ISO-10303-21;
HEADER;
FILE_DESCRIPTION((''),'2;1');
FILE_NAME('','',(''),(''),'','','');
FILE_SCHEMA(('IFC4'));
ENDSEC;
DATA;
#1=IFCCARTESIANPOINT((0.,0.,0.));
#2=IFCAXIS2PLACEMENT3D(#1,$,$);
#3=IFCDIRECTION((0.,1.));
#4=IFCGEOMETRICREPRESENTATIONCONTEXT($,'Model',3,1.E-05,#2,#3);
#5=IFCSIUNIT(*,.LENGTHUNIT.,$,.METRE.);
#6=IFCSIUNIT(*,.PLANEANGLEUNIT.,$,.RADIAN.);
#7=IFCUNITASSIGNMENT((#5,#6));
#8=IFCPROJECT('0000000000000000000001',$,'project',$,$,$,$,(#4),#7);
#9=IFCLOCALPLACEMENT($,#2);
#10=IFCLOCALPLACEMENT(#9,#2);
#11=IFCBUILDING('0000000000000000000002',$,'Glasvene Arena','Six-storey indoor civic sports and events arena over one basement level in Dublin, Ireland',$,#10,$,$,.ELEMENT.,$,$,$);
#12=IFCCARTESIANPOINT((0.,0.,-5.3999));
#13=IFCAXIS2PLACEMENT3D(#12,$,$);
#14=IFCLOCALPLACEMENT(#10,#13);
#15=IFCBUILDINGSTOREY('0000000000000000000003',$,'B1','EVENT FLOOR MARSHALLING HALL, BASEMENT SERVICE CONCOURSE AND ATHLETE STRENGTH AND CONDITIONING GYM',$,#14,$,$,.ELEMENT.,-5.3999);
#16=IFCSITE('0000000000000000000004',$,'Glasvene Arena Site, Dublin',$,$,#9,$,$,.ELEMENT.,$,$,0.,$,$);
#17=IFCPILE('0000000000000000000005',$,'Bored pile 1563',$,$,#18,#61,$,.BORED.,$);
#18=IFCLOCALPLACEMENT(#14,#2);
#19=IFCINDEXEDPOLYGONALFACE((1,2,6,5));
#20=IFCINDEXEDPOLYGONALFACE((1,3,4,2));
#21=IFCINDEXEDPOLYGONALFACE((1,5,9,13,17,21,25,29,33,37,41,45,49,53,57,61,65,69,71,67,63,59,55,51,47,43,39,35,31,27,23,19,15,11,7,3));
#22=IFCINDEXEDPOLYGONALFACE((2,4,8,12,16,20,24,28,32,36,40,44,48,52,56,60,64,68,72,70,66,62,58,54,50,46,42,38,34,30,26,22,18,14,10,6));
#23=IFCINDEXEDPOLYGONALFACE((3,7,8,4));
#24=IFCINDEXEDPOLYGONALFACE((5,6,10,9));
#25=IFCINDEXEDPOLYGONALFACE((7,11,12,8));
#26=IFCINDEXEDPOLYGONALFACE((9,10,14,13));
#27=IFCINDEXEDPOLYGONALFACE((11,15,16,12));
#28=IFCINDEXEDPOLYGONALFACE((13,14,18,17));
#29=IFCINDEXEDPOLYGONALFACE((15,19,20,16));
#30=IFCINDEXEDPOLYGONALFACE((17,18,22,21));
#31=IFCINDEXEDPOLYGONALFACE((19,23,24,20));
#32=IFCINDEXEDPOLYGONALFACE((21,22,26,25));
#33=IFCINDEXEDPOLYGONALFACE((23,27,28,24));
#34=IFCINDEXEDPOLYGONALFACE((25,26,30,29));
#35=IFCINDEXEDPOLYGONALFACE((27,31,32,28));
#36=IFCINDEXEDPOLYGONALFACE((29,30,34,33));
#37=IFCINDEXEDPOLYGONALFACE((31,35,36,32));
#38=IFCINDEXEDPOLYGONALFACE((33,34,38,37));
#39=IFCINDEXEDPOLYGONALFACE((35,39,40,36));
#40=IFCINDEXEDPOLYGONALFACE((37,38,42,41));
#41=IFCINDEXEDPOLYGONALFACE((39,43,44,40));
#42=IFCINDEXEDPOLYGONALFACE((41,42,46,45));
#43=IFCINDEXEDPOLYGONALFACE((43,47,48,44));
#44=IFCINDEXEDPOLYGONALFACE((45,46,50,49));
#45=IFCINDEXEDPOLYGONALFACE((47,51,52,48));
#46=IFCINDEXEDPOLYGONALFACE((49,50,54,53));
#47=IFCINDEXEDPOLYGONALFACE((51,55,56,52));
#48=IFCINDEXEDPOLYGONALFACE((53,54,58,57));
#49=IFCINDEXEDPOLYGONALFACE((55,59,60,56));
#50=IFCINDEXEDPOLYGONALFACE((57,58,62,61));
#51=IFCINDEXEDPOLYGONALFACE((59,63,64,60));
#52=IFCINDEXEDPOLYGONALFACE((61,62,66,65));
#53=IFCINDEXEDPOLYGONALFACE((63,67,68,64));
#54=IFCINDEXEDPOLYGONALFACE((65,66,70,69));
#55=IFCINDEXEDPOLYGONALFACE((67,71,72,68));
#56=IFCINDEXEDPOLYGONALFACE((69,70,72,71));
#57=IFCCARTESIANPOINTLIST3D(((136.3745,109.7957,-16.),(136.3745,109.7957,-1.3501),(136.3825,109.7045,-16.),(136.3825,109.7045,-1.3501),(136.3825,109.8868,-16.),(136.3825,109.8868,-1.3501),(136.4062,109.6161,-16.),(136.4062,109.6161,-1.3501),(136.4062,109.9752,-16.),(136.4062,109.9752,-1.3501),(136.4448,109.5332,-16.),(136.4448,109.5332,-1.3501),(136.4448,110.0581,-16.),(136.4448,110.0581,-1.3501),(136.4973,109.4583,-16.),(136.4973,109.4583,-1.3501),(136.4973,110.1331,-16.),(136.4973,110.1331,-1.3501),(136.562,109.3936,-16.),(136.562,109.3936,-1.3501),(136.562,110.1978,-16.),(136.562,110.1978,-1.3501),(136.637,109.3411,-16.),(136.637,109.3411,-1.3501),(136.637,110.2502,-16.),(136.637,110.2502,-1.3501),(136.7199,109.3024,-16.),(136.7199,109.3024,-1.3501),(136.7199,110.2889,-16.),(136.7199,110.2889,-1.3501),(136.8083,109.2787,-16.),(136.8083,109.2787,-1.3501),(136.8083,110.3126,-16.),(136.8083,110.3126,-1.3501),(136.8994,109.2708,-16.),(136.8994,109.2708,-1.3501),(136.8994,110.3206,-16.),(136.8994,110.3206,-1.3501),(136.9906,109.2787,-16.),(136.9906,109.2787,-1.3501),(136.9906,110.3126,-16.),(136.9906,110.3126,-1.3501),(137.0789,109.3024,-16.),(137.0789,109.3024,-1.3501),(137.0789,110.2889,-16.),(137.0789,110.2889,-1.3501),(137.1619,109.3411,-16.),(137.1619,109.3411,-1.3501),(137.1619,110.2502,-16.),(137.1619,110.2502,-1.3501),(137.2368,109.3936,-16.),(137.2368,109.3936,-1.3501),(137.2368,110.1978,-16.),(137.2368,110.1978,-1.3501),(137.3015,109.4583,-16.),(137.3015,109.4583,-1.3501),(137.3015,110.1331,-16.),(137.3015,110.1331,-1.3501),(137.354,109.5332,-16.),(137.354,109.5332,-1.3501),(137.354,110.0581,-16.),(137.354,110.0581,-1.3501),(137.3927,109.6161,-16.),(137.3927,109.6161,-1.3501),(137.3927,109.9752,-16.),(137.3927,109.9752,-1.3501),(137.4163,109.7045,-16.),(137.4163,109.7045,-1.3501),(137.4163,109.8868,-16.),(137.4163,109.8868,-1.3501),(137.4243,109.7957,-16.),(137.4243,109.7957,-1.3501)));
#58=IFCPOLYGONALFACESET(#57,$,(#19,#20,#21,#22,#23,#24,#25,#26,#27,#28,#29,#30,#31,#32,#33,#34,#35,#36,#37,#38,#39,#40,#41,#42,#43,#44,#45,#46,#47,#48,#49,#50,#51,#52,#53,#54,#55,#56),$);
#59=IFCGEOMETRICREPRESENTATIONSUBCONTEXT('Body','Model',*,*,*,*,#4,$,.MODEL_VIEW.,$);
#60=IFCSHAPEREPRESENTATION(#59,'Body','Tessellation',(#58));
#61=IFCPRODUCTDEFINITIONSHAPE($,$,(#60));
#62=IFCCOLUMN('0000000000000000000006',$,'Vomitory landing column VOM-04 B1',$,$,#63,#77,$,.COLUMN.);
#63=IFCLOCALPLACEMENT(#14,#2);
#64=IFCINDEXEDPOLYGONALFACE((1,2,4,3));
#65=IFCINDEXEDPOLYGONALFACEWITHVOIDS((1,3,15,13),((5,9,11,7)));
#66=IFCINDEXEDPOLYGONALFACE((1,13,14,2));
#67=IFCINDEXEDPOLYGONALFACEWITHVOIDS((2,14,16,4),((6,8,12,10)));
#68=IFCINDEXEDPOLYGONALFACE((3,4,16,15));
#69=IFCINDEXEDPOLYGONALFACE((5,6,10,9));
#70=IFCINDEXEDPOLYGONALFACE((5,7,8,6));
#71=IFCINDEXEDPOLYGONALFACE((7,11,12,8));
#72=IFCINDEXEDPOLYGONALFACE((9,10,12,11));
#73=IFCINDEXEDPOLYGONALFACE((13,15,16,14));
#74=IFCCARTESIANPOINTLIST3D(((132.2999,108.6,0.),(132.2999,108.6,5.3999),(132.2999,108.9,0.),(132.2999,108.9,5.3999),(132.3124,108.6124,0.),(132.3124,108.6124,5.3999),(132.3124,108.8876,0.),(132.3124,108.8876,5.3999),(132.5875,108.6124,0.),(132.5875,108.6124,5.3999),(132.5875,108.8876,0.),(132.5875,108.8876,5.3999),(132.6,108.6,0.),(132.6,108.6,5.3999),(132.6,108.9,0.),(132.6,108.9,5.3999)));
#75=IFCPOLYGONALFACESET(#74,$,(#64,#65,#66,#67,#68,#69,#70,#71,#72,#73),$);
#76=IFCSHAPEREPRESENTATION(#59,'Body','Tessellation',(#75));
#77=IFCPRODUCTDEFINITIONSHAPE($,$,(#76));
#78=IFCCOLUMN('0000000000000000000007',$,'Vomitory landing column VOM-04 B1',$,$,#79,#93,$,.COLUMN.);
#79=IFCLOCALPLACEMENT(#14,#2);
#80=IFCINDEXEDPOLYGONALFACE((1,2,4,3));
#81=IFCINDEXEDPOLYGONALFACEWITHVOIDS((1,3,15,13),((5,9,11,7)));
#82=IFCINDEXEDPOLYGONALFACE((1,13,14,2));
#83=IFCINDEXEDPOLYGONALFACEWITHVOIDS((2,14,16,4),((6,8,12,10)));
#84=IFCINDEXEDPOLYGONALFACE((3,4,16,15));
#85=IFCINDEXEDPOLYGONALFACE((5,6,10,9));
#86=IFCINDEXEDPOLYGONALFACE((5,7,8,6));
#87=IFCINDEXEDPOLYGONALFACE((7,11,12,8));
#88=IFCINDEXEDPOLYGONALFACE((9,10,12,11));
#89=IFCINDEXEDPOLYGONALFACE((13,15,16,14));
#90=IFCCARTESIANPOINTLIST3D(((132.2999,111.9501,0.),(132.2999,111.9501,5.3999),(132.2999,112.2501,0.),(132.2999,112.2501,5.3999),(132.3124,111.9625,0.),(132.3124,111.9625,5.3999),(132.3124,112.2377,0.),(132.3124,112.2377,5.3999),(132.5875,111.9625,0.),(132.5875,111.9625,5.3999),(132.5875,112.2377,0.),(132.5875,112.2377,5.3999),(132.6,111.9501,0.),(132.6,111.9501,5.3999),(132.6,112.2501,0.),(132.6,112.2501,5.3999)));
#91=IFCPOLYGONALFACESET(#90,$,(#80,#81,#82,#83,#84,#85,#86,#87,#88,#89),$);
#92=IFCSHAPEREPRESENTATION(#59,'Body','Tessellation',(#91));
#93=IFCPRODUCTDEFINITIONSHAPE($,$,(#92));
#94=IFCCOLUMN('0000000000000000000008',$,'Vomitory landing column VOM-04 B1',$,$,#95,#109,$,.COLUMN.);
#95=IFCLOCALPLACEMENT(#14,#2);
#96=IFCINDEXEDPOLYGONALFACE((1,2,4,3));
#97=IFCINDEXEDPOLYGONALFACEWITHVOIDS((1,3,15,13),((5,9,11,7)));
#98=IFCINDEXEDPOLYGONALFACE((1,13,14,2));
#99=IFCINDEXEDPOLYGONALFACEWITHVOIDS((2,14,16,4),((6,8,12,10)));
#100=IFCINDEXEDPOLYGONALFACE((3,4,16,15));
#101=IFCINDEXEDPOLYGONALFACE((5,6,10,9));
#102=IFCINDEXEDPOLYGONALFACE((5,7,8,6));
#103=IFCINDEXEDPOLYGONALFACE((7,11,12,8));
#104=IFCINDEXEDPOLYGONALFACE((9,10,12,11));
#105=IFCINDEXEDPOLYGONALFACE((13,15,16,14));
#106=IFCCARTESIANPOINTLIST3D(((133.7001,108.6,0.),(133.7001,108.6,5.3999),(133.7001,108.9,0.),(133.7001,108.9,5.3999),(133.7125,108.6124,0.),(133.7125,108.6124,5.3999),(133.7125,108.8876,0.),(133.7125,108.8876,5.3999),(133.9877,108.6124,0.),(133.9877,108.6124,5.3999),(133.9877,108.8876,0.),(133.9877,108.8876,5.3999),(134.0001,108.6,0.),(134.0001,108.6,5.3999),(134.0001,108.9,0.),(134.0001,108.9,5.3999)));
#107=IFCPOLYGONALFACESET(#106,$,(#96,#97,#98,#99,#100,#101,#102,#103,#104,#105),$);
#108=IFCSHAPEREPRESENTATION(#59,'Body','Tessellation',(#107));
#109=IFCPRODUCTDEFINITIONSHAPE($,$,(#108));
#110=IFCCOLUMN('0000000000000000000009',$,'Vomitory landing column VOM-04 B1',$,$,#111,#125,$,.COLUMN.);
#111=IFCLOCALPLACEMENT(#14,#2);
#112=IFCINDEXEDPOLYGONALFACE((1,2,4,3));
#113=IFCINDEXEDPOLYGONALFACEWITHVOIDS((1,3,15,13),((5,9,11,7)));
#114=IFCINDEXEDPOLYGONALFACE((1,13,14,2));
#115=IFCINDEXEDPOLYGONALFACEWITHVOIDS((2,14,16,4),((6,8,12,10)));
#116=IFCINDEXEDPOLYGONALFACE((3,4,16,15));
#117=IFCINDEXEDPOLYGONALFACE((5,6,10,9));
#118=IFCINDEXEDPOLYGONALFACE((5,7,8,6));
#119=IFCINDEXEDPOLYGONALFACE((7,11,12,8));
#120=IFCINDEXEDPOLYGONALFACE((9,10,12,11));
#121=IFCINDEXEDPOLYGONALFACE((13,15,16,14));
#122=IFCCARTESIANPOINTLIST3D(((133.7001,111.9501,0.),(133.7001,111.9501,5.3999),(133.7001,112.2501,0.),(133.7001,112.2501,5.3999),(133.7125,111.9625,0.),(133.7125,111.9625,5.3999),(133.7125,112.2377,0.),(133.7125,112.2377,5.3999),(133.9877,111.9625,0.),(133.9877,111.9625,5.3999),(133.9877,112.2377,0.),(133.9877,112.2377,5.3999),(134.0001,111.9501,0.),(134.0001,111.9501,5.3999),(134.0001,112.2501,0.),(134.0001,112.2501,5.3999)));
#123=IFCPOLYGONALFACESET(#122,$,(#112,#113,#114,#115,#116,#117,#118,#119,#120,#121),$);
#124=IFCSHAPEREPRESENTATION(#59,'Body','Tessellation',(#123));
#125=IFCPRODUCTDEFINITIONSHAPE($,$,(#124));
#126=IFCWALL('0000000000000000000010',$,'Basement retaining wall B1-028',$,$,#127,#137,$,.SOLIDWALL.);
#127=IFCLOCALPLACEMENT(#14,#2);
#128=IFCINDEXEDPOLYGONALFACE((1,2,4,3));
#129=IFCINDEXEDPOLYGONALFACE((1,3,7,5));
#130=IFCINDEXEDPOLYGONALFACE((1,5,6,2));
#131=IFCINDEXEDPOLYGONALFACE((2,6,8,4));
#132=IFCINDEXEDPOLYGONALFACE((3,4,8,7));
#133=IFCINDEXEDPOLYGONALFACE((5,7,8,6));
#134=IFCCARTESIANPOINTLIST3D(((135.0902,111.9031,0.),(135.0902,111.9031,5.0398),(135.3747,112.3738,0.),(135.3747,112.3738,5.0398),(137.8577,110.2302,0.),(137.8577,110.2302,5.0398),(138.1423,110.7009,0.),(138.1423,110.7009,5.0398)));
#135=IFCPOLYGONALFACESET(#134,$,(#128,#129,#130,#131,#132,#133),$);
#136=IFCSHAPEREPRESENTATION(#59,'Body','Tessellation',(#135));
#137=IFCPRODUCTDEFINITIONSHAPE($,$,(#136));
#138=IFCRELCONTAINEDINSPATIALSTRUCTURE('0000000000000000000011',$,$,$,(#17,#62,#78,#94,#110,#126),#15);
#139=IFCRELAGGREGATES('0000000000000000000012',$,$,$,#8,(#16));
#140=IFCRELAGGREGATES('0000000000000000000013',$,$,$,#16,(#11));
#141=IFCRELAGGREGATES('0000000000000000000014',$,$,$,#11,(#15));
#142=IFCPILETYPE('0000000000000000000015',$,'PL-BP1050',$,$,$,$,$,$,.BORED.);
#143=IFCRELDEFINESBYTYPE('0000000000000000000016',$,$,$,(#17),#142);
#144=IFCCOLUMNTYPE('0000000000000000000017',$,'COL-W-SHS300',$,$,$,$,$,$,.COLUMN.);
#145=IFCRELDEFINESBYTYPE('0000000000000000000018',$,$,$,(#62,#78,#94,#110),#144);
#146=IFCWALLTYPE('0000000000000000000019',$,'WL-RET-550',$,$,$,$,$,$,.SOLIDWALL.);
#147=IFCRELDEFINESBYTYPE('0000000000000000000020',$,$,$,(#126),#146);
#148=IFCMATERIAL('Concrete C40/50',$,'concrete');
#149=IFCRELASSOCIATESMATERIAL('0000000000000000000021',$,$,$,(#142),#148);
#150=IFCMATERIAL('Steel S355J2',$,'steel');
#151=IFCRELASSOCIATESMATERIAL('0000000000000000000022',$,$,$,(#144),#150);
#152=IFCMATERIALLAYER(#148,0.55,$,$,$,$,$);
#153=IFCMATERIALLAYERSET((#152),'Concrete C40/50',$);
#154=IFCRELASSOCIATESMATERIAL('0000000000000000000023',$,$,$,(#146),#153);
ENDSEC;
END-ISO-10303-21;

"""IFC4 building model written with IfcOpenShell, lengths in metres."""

from ifc_helpers import new_model, si_unit, direction, frame, frame_2d, origin, origin_2d, place, context, subcontext, project, spatial, rectangle, hollow_rectangle, circle, extrude, material, layer, layer_set, material_profile, profile_set, type_object, element, save


model = new_model("IFC4")

# Units and contexts
model_context = context("Model", 3, precision=1e-05, world=origin(), true_north=direction((0.0, 1.0)))
body_context = subcontext(model_context, "Body", "Model", "MODEL_VIEW")
ifc_project = project(units=[si_unit("LENGTHUNIT", "METRE"), si_unit("PLANEANGLEUNIT", "RADIAN")], contexts=[model_context])

# Site, building, storey
site_placement = place(None, origin())
site = spatial("IfcSite", under=ifc_project, at=site_placement, Name="Glasvene Arena Site, Dublin", CompositionType="ELEMENT", RefElevation=0.0)
building_placement = place(site_placement, origin())
building = spatial("IfcBuilding", under=site, at=building_placement, Name="Glasvene Arena", Description="Six-storey indoor civic sports and events arena over one basement level in Dublin, Ireland", CompositionType="ELEMENT")
storey_placement = place(building_placement, frame((0.0, 0.0, -5.3999)))
storey = spatial("IfcBuildingStorey", under=building, at=storey_placement, Name="B1", Description="EVENT FLOOR MARSHALLING HALL, BASEMENT SERVICE CONCOURSE AND ATHLETE STRENGTH AND CONDITIONING GYM", CompositionType="ELEMENT", Elevation=-5.3999)

# Pile
ifc_material_1 = material(Name="Concrete C40/50", Category="concrete")
ifc_material_profile_1 = material_profile(ifc_material_1, circle(Radius=0.5249, at=origin_2d()), Name="BORED PILE 1050")
ifc_profile_set_1 = profile_set([ifc_material_profile_1], Name="Concrete C40/50")
pile_type = type_object("IfcPileType", Name="PL-BP1050", PredefinedType="BORED", material=ifc_profile_set_1)
for number, where, z_axis, x_axis, name in (
    (1, (136.8994, 109.7957, -1.3501), (0.0, 0.0, -1.0), (1.0, 0.0, 0.0), "Bored pile 1563"),
):
    element("IfcPile", number, at=place(storey_placement, frame(where, z_axis=z_axis, x_axis=x_axis)), inside=storey, type_object=pile_type, Name=name, PredefinedType="BORED", context=body_context, shape_type="SweptSolid", body=[
        extrude(circle(Radius=0.5249, at=origin_2d()), origin(), (0.0, 0.0, 1.0), 14.6499),
    ])

# Columns
ifc_material_2 = material(Name="Steel S355J2", Category="steel")
ifc_material_profile_2 = material_profile(ifc_material_2, hollow_rectangle(XDim=0.3, YDim=0.3, WallThickness=0.0125, at=origin_2d()), Name="SHS 300x300x12.5")
ifc_profile_set_2 = profile_set([ifc_material_profile_2], Name="Steel S355J2")
column_type = type_object("IfcColumnType", Name="COL-W-SHS300", PredefinedType="COLUMN", material=ifc_profile_set_2)
for number, where, z_axis, x_axis, name in (
    (2, (132.45, 108.75, 0.0), (0.0, 0.0, 1.0), (1.0, 0.0, 0.0), "Vomitory landing column VOM-04 B1"),
    (3, (132.45, 112.1001, 0.0), (0.0, 0.0, 1.0), (1.0, 0.0, 0.0), "Vomitory landing column VOM-04 B1"),
    (4, (133.8501, 108.75, 0.0), (0.0, 0.0, 1.0), (1.0, 0.0, 0.0), "Vomitory landing column VOM-04 B1"),
    (5, (133.8501, 112.1001, 0.0), (0.0, 0.0, 1.0), (1.0, 0.0, 0.0), "Vomitory landing column VOM-04 B1"),
):
    element("IfcColumn", number, at=place(storey_placement, frame(where, z_axis=z_axis, x_axis=x_axis)), inside=storey, type_object=column_type, Name=name, PredefinedType="COLUMN", context=body_context, shape_type="SweptSolid", body=[
        extrude(hollow_rectangle(XDim=0.3, YDim=0.3, WallThickness=0.0125, at=origin_2d()), origin(), (0.0, 0.0, 1.0), 5.3999),
    ])

# Wall
ifc_layer = layer(ifc_material_1, 0.55)
ifc_layer_set = layer_set([ifc_layer], Name="Concrete C40/50")
wall_type = type_object("IfcWallType", Name="WL-RET-550", PredefinedType="SOLIDWALL", material=ifc_layer_set)
wall_placement = place(storey_placement, frame((135.2324, 112.1384, 0.0), z_axis=(0.0, 0.0, 1.0), x_axis=(0.85581, -0.517291, 0.0)))
element("IfcWall", 6, at=wall_placement, inside=storey, type_object=wall_type, Name="Basement retaining wall B1-028", PredefinedType="SOLIDWALL", context=body_context, shape_type="SweptSolid", body=[
    extrude(rectangle(XDim=3.2339, YDim=0.55, at=frame_2d((1.6169, 0.0))), origin(), (0.0, 0.0, 1.0), 5.0398),
])

save(model, "model.ifc")
